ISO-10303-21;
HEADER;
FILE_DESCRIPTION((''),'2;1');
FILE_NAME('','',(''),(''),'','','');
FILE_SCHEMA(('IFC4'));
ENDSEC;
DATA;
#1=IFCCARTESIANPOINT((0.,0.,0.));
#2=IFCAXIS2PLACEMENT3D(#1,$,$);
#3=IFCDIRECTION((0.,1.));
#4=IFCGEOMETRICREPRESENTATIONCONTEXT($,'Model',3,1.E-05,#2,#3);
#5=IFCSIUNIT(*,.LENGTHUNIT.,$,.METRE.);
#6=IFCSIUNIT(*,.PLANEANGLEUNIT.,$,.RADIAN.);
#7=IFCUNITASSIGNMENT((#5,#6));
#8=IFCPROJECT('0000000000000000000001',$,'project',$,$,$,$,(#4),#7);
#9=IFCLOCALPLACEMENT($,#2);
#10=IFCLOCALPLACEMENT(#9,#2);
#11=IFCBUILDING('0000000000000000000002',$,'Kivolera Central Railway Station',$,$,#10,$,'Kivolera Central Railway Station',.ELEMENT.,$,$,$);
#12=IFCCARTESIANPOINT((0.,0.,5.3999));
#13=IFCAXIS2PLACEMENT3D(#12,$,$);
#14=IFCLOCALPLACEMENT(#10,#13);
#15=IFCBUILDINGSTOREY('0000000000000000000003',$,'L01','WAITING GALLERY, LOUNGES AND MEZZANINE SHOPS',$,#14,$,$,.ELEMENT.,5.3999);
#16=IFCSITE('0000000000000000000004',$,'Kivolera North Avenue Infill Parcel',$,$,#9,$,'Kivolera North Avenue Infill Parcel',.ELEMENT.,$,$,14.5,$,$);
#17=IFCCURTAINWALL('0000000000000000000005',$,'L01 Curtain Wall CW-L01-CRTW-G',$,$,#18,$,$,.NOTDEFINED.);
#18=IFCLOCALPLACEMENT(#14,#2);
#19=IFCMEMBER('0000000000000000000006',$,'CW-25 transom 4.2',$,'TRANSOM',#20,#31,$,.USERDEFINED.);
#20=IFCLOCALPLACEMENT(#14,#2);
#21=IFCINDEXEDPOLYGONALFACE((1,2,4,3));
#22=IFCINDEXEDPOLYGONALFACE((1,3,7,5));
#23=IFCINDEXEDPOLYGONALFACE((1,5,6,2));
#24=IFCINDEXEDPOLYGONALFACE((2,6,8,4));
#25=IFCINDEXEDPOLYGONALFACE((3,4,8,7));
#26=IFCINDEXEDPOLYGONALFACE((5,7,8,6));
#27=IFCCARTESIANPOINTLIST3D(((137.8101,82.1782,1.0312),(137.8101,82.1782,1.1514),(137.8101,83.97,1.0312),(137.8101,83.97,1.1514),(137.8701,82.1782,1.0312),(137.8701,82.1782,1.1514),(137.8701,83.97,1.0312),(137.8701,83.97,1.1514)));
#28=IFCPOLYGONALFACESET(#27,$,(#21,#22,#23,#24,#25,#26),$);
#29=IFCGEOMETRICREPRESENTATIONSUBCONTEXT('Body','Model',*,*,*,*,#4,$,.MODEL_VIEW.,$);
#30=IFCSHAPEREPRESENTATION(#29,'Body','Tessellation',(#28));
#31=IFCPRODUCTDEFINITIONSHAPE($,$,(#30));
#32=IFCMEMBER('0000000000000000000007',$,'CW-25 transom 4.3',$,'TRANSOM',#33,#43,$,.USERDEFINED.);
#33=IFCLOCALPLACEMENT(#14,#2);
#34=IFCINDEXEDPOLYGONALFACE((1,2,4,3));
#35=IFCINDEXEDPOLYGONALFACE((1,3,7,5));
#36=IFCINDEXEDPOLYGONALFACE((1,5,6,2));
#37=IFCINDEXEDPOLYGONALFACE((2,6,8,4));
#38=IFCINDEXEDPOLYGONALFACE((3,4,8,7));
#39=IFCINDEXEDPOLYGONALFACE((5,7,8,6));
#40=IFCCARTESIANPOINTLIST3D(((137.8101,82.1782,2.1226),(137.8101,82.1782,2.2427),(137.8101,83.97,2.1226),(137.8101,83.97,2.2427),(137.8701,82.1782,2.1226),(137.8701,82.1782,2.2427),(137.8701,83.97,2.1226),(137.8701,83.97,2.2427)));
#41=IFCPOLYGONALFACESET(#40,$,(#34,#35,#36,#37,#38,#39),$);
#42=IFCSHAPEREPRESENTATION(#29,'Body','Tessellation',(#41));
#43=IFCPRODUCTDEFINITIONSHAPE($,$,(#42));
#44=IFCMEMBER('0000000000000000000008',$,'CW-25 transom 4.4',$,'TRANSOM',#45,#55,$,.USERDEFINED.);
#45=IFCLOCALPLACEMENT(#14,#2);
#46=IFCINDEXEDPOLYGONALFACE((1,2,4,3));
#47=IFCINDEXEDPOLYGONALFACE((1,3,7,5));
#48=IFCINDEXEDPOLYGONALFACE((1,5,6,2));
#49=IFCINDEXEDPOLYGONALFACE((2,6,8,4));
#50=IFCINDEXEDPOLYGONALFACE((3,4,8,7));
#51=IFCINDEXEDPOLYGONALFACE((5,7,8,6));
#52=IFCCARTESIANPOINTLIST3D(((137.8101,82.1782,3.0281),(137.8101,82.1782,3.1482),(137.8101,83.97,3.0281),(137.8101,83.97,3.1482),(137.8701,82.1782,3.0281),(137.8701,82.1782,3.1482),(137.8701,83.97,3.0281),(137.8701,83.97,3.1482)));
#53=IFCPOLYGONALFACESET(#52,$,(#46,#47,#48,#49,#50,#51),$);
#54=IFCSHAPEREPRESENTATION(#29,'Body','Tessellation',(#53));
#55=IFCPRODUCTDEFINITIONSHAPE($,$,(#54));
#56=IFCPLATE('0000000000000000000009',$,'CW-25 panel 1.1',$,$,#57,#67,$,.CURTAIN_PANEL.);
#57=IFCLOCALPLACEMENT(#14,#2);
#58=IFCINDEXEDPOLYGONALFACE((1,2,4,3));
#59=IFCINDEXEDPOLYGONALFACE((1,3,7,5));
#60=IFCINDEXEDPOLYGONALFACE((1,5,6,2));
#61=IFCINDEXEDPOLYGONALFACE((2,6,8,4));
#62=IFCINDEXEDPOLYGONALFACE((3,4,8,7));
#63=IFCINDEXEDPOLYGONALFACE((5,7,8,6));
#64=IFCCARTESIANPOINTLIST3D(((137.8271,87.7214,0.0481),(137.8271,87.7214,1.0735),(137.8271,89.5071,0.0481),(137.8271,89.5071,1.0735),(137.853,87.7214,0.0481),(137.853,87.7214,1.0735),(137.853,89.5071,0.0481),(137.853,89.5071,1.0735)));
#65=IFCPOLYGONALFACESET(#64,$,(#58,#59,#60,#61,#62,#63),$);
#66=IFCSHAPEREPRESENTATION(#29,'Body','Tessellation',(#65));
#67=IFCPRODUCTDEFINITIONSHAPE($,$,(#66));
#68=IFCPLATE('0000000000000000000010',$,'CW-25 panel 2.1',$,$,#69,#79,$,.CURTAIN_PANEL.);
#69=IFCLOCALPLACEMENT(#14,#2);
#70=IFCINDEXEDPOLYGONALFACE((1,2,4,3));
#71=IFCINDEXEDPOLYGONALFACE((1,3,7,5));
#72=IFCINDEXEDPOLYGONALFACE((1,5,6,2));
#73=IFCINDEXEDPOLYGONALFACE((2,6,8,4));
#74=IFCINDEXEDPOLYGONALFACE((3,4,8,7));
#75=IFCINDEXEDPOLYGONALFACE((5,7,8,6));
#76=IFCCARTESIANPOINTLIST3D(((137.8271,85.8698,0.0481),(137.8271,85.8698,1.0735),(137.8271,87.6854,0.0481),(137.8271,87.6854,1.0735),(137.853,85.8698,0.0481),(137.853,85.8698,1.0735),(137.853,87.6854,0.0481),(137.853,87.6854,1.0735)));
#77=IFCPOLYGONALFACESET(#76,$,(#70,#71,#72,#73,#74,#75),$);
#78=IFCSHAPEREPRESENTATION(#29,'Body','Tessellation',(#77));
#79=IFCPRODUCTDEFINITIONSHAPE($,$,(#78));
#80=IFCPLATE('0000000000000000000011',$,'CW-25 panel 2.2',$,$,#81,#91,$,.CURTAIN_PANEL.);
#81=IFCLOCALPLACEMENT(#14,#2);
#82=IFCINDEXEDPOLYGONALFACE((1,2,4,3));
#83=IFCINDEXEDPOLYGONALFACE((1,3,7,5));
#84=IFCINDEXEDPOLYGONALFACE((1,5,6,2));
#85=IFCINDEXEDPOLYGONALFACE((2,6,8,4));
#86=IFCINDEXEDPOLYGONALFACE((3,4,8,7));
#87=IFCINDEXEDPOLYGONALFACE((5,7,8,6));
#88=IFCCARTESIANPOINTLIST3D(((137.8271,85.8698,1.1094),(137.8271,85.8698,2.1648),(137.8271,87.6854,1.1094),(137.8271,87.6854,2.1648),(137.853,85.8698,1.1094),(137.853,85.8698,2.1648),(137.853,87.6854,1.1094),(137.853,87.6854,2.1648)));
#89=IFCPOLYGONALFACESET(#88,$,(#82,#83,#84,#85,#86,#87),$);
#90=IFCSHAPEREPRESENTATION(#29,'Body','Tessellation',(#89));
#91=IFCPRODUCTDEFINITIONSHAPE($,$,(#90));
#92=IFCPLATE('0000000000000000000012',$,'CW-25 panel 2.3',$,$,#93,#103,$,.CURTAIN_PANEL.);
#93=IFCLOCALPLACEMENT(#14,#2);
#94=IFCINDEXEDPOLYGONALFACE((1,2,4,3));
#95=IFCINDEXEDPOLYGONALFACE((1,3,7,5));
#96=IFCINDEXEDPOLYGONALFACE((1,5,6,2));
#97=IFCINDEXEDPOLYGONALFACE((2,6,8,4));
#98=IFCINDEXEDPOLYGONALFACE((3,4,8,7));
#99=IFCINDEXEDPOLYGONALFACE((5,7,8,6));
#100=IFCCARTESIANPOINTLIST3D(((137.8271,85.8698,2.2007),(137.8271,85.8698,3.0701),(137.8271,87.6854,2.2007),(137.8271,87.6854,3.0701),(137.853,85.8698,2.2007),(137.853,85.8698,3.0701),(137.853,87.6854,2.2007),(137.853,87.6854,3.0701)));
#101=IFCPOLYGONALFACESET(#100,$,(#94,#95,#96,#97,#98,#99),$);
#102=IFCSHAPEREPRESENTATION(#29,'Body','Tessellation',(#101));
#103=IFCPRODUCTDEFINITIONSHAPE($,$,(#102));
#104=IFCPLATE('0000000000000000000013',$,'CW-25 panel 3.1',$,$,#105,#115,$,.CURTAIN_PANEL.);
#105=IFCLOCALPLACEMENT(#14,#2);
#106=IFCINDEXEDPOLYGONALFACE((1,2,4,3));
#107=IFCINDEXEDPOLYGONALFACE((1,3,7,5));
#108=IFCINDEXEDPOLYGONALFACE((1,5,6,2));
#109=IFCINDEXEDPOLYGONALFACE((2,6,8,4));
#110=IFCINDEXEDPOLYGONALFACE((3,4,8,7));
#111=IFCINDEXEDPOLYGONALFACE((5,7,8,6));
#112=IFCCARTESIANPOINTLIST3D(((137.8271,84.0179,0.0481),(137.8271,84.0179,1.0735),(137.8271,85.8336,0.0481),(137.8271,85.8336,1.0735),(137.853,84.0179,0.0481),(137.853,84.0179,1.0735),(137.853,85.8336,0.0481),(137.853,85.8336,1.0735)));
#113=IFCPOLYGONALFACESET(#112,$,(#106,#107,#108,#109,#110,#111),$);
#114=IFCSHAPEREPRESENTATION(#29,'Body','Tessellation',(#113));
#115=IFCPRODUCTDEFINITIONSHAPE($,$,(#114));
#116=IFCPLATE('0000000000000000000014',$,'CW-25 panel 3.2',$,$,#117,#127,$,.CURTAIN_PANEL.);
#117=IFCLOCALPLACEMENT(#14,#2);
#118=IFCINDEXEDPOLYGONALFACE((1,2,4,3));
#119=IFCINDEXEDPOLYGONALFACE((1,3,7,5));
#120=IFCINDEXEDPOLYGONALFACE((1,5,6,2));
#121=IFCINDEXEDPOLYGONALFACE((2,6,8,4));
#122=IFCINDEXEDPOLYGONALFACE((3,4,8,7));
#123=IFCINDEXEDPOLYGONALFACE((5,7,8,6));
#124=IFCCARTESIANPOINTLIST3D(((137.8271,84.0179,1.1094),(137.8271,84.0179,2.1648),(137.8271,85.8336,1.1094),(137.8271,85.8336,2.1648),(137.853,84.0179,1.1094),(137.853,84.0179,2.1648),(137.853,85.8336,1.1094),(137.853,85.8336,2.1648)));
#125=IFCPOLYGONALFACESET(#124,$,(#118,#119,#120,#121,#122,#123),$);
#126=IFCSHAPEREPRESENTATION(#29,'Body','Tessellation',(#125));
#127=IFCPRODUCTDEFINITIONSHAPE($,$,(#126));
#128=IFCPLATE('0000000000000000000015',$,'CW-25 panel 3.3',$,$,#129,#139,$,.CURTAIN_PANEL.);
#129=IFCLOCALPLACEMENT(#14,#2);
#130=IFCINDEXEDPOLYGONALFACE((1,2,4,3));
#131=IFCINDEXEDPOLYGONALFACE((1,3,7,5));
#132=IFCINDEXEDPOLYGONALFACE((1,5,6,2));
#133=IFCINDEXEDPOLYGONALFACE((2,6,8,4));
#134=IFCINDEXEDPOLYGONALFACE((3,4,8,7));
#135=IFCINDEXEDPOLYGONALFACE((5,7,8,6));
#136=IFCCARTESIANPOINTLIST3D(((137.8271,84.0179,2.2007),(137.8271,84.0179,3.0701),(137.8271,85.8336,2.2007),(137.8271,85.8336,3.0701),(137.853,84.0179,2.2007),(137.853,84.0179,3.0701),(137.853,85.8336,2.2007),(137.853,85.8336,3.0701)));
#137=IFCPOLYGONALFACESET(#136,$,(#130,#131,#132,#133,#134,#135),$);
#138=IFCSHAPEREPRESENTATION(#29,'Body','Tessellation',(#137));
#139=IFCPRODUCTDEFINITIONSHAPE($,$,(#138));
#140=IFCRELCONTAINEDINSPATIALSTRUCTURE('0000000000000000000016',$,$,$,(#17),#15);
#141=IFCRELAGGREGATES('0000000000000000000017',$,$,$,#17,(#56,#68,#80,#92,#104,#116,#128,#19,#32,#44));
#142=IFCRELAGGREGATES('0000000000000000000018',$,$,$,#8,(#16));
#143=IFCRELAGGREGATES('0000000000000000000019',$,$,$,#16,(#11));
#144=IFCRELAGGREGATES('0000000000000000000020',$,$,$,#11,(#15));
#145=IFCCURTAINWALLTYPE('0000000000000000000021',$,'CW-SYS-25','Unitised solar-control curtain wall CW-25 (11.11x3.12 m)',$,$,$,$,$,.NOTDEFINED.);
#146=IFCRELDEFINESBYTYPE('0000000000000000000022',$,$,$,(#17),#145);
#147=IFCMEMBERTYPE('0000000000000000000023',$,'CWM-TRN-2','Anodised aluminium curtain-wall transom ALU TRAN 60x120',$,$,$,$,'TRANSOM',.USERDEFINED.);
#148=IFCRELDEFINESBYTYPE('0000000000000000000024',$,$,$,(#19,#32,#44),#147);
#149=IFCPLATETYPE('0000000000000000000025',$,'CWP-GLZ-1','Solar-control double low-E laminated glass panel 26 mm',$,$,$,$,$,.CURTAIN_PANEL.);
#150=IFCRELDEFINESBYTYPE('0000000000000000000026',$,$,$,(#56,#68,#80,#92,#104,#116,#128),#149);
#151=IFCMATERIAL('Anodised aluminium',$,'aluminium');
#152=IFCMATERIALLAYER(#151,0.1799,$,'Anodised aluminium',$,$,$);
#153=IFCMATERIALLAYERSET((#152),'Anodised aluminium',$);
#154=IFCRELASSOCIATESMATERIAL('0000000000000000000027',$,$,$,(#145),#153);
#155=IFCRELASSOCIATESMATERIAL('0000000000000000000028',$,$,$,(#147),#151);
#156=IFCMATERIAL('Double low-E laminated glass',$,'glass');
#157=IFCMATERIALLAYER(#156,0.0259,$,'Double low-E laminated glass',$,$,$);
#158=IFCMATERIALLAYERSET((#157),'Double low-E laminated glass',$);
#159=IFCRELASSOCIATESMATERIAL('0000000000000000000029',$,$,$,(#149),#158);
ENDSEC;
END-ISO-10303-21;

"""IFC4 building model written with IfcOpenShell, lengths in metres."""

from ifc_helpers import new_model, si_unit, direction, frame, origin, origin_2d, place, context, subcontext, project, spatial, rectangle, extrude, material, layer, layer_set, material_profile, profile_set, type_object, element, aggregate, save


model = new_model("IFC4")

# Units and contexts
model_context = context("Model", 3, precision=1e-05, world=origin(), true_north=direction((0.0, 1.0)))
body_context = subcontext(model_context, "Body", "Model", "MODEL_VIEW")
ifc_project = project(units=[si_unit("LENGTHUNIT", "METRE"), si_unit("PLANEANGLEUNIT", "RADIAN")], contexts=[model_context])

# Site, building, storey
site_placement = place(None, origin())
site = spatial("IfcSite", under=ifc_project, at=site_placement, Name="Kivolera North Avenue Infill Parcel", LongName="Kivolera North Avenue Infill Parcel", CompositionType="ELEMENT", RefElevation=14.5)
building_placement = place(site_placement, origin())
building = spatial("IfcBuilding", under=site, at=building_placement, Name="Kivolera Central Railway Station", LongName="Kivolera Central Railway Station", CompositionType="ELEMENT")
storey_placement = place(building_placement, frame((0.0, 0.0, 5.3999)))
storey = spatial("IfcBuildingStorey", under=building, at=storey_placement, Name="L01", Description="WAITING GALLERY, LOUNGES AND MEZZANINE SHOPS", CompositionType="ELEMENT", Elevation=5.3999)

# Curtain wall, members, plates
ifc_material_1 = material(Name="Anodised aluminium", Category="aluminium")
ifc_layer_1 = layer(ifc_material_1, 0.1799, Name="Anodised aluminium")
ifc_layer_set_1 = layer_set([ifc_layer_1], Name="Anodised aluminium")
curtain_wall_type = type_object("IfcCurtainWallType", Name="CW-SYS-25", Description="Unitised solar-control curtain wall CW-25 (11.11x3.12 m)", PredefinedType="NOTDEFINED", material=ifc_layer_set_1)
curtain_wall_placement = place(storey_placement, origin())
curtain_wall = element("IfcCurtainWall", 1, at=curtain_wall_placement, inside=storey, type_object=curtain_wall_type, Name="L01 Curtain Wall CW-L01-CRTW-G", PredefinedType="NOTDEFINED")
ifc_material_profile_1 = material_profile(ifc_material_1, rectangle(XDim=0.0601, YDim=0.1201, at=origin_2d()), Name="ALU TRAN 60x120")
ifc_profile_set_1 = profile_set([ifc_material_profile_1], Name="Anodised aluminium")
member_type_1 = type_object("IfcMemberType", Name="CWM-TRN-2", Description="Anodised aluminium curtain-wall transom ALU TRAN 60x120", ElementType="TRANSOM", PredefinedType="USERDEFINED", material=ifc_profile_set_1)
member_1_placement = place(storey_placement, frame((137.8401, 83.97, 1.0913), z_axis=(0.0, -1.0, 0.0), x_axis=(1.0, 0.0, 0.0)))
member_1 = element("IfcMember", 2, at=member_1_placement, type_object=member_type_1, Name="CW-25 transom 4.2", ObjectType="TRANSOM", PredefinedType="USERDEFINED", context=body_context, shape_type="SweptSolid", body=[
    extrude(rectangle(XDim=0.0601, YDim=0.1201, at=origin_2d()), origin(), (0.0, 0.0, 1.0), 1.7917),
])
member_2_placement = place(storey_placement, frame((137.8401, 83.97, 2.1826), z_axis=(0.0, -1.0, 0.0), x_axis=(1.0, 0.0, 0.0)))
member_2 = element("IfcMember", 3, at=member_2_placement, type_object=member_type_1, Name="CW-25 transom 4.3", ObjectType="TRANSOM", PredefinedType="USERDEFINED", context=body_context, shape_type="SweptSolid", body=[
    extrude(rectangle(XDim=0.0601, YDim=0.1201, at=origin_2d()), origin(), (0.0, 0.0, 1.0), 1.7917),
])
member_3_placement = place(storey_placement, frame((137.8401, 83.97, 3.0881), z_axis=(0.0, -1.0, 0.0), x_axis=(1.0, 0.0, 0.0)))
member_3 = element("IfcMember", 4, at=member_3_placement, type_object=member_type_1, Name="CW-25 transom 4.4", ObjectType="TRANSOM", PredefinedType="USERDEFINED", context=body_context, shape_type="SweptSolid", body=[
    extrude(rectangle(XDim=0.0601, YDim=0.1201, at=origin_2d()), origin(), (0.0, 0.0, 1.0), 1.7917),
])
ifc_material_2 = material(Name="Double low-E laminated glass", Category="glass")
ifc_layer_2 = layer(ifc_material_2, 0.0259, Name="Double low-E laminated glass")
ifc_layer_set_2 = layer_set([ifc_layer_2], Name="Double low-E laminated glass")
plate_type = type_object("IfcPlateType", Name="CWP-GLZ-1", Description="Solar-control double low-E laminated glass panel 26 mm", PredefinedType="CURTAIN_PANEL", material=ifc_layer_set_2)
plate_1_placement = place(storey_placement, frame((137.8401, 88.6143, 0.0481), z_axis=(0.0, 0.0, 1.0), x_axis=(0.0, -1.0, 0.0)))
plate_1 = element("IfcPlate", 5, at=plate_1_placement, type_object=plate_type, Name="CW-25 panel 1.1", PredefinedType="CURTAIN_PANEL", context=body_context, shape_type="SweptSolid", body=[
    extrude(rectangle(XDim=1.7856, YDim=0.0259, at=origin_2d()), origin(), (0.0, 0.0, 1.0), 1.0254),
])
plate_2_placement = place(storey_placement, frame((137.8401, 86.7776, 0.0481), z_axis=(0.0, 0.0, 1.0), x_axis=(0.0, -1.0, 0.0)))
plate_2 = element("IfcPlate", 6, at=plate_2_placement, type_object=plate_type, Name="CW-25 panel 2.1", PredefinedType="CURTAIN_PANEL", context=body_context, shape_type="SweptSolid", body=[
    extrude(rectangle(XDim=1.8157, YDim=0.0259, at=origin_2d()), origin(), (0.0, 0.0, 1.0), 1.0254),
])
plate_3_placement = place(storey_placement, frame((137.8401, 86.7776, 1.1094), z_axis=(0.0, 0.0, 1.0), x_axis=(0.0, -1.0, 0.0)))
plate_3 = element("IfcPlate", 7, at=plate_3_placement, type_object=plate_type, Name="CW-25 panel 2.2", PredefinedType="CURTAIN_PANEL", context=body_context, shape_type="SweptSolid", body=[
    extrude(rectangle(XDim=1.8157, YDim=0.0259, at=origin_2d()), origin(), (0.0, 0.0, 1.0), 1.0554),
])
plate_4_placement = place(storey_placement, frame((137.8401, 86.7776, 2.2007), z_axis=(0.0, 0.0, 1.0), x_axis=(0.0, -1.0, 0.0)))
plate_4 = element("IfcPlate", 8, at=plate_4_placement, type_object=plate_type, Name="CW-25 panel 2.3", PredefinedType="CURTAIN_PANEL", context=body_context, shape_type="SweptSolid", body=[
    extrude(rectangle(XDim=1.8157, YDim=0.0259, at=origin_2d()), origin(), (0.0, 0.0, 1.0), 0.8694),
])
plate_5_placement = place(storey_placement, frame((137.8401, 84.9258, 0.0481), z_axis=(0.0, 0.0, 1.0), x_axis=(0.0, -1.0, 0.0)))
plate_5 = element("IfcPlate", 9, at=plate_5_placement, type_object=plate_type, Name="CW-25 panel 3.1", PredefinedType="CURTAIN_PANEL", context=body_context, shape_type="SweptSolid", body=[
    extrude(rectangle(XDim=1.8157, YDim=0.0259, at=origin_2d()), origin(), (0.0, 0.0, 1.0), 1.0254),
])
plate_6_placement = place(storey_placement, frame((137.8401, 84.9258, 1.1094), z_axis=(0.0, 0.0, 1.0), x_axis=(0.0, -1.0, 0.0)))
plate_6 = element("IfcPlate", 10, at=plate_6_placement, type_object=plate_type, Name="CW-25 panel 3.2", PredefinedType="CURTAIN_PANEL", context=body_context, shape_type="SweptSolid", body=[
    extrude(rectangle(XDim=1.8157, YDim=0.0259, at=origin_2d()), origin(), (0.0, 0.0, 1.0), 1.0554),
])
plate_7_placement = place(storey_placement, frame((137.8401, 84.9258, 2.2007), z_axis=(0.0, 0.0, 1.0), x_axis=(0.0, -1.0, 0.0)))
plate_7 = element("IfcPlate", 11, at=plate_7_placement, type_object=plate_type, Name="CW-25 panel 3.3", PredefinedType="CURTAIN_PANEL", context=body_context, shape_type="SweptSolid", body=[
    extrude(rectangle(XDim=1.8157, YDim=0.0259, at=origin_2d()), origin(), (0.0, 0.0, 1.0), 0.8694),
])
aggregate(curtain_wall, [plate_1, plate_2, plate_3, plate_4, plate_5, plate_6, plate_7, member_1, member_2, member_3])

save(model, "model.ifc")
